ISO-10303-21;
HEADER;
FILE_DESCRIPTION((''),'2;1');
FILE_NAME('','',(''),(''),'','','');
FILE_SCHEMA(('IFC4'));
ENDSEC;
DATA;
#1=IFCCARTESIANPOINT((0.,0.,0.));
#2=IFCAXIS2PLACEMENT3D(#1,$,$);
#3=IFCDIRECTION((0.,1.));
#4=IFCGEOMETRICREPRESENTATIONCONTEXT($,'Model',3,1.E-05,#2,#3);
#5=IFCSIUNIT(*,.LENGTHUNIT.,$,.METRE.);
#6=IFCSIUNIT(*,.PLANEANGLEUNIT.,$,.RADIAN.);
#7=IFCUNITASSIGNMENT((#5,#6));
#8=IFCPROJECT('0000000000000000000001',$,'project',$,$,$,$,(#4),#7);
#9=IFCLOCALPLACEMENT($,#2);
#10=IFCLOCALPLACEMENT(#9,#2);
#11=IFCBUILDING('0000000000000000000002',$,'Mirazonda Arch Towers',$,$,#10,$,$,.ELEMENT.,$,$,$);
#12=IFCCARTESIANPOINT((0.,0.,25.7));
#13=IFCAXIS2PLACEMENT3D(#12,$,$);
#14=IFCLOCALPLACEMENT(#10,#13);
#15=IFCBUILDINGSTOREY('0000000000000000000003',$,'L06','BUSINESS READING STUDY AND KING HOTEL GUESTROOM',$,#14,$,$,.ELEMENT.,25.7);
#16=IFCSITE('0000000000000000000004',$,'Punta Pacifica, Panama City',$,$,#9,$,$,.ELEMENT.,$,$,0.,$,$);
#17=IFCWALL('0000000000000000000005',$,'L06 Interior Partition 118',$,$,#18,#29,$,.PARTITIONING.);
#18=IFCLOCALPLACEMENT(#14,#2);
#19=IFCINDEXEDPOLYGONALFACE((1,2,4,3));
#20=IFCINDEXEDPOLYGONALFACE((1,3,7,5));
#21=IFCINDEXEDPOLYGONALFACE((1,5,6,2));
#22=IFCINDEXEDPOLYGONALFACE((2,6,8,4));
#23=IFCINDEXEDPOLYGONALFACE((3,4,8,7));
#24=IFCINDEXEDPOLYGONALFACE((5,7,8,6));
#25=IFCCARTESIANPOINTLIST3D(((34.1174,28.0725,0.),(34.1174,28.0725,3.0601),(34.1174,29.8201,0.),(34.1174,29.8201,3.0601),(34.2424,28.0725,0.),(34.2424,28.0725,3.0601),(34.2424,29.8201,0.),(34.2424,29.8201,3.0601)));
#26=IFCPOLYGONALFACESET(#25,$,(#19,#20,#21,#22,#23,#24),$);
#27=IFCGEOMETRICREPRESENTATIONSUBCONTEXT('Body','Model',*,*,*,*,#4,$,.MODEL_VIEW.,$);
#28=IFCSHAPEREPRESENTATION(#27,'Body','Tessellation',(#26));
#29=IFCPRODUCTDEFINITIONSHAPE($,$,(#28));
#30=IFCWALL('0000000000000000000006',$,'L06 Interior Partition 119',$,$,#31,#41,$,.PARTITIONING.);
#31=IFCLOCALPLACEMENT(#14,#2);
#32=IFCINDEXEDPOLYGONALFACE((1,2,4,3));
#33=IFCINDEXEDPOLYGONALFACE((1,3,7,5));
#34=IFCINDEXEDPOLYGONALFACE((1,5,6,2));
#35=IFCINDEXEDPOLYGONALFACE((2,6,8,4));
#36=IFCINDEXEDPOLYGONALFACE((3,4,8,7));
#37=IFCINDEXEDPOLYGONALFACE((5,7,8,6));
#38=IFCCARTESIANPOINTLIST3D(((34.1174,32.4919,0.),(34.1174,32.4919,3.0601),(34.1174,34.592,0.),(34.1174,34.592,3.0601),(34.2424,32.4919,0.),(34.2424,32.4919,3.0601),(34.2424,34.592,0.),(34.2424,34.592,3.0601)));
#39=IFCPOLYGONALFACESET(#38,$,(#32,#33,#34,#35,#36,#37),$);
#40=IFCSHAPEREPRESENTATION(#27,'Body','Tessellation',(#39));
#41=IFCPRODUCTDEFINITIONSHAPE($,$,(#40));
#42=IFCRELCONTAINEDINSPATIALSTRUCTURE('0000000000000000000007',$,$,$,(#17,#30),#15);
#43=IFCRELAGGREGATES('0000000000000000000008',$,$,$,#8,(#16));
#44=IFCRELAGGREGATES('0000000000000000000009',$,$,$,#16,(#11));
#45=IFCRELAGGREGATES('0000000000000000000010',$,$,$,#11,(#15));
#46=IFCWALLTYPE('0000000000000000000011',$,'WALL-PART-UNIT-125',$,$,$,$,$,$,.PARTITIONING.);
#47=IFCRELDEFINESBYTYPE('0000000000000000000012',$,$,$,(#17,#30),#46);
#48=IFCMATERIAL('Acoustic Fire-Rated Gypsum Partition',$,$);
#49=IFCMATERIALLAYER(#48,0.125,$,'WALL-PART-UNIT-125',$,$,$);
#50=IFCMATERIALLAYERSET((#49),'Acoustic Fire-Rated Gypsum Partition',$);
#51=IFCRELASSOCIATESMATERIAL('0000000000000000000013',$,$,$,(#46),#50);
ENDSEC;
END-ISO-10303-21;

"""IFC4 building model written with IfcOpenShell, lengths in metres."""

from ifc_helpers import new_model, si_unit, direction, frame, frame_2d, origin, place, context, subcontext, project, spatial, rectangle, extrude, material, layer, layer_set, type_object, element, save


model = new_model("IFC4")

# Units and contexts
model_context = context("Model", 3, precision=1e-05, world=origin(), true_north=direction((0.0, 1.0)))
body_context = subcontext(model_context, "Body", "Model", "MODEL_VIEW")
ifc_project = project(units=[si_unit("LENGTHUNIT", "METRE"), si_unit("PLANEANGLEUNIT", "RADIAN")], contexts=[model_context])

# Site, building, storey
site_placement = place(None, origin())
site = spatial("IfcSite", under=ifc_project, at=site_placement, Name="Punta Pacifica, Panama City", CompositionType="ELEMENT", RefElevation=0.0)
building_placement = place(site_placement, origin())
building = spatial("IfcBuilding", under=site, at=building_placement, Name="Mirazonda Arch Towers", CompositionType="ELEMENT")
storey_placement = place(building_placement, frame((0.0, 0.0, 25.7)))
storey = spatial("IfcBuildingStorey", under=building, at=storey_placement, Name="L06", Description="BUSINESS READING STUDY AND KING HOTEL GUESTROOM", CompositionType="ELEMENT", Elevation=25.7)

# Walls
ifc_material_1 = material(Name="Acoustic Fire-Rated Gypsum Partition")
ifc_layer_1 = layer(ifc_material_1, 0.125, Name="WALL-PART-UNIT-125")
ifc_layer_set_1 = layer_set([ifc_layer_1], Name="Acoustic Fire-Rated Gypsum Partition")
wall_type_1 = type_object("IfcWallType", Name="WALL-PART-UNIT-125", PredefinedType="PARTITIONING", material=ifc_layer_set_1)
for number, where, z_axis, x_axis, name in (
    (1, (34.1799, 28.0725, 0.0), (0.0, 0.0, 1.0), (0.0, 1.0, 0.0), "L06 Interior Partition 118"),
):
    element("IfcWall", number, at=place(storey_placement, frame(where, z_axis=z_axis, x_axis=x_axis)), inside=storey, type_object=wall_type_1, Name=name, PredefinedType="PARTITIONING", context=body_context, shape_type="SweptSolid", body=[
        extrude(rectangle(XDim=1.7476, YDim=0.125, at=frame_2d((0.8738, 0.0))), origin(), (0.0, 0.0, 1.0), 3.0601),
    ])
wall_1_placement = place(storey_placement, frame((34.1799, 32.4919, 0.0), z_axis=(0.0, 0.0, 1.0), x_axis=(0.0, 1.0, 0.0)))
element("IfcWall", 2, at=wall_1_placement, inside=storey, type_object=wall_type_1, Name="L06 Interior Partition 119", PredefinedType="PARTITIONING", context=body_context, shape_type="SweptSolid", body=[
    extrude(rectangle(XDim=2.1001, YDim=0.125, at=frame_2d((1.05, 0.0))), origin(), (0.0, 0.0, 1.0), 3.0601),
])

save(model, "model.ifc")
